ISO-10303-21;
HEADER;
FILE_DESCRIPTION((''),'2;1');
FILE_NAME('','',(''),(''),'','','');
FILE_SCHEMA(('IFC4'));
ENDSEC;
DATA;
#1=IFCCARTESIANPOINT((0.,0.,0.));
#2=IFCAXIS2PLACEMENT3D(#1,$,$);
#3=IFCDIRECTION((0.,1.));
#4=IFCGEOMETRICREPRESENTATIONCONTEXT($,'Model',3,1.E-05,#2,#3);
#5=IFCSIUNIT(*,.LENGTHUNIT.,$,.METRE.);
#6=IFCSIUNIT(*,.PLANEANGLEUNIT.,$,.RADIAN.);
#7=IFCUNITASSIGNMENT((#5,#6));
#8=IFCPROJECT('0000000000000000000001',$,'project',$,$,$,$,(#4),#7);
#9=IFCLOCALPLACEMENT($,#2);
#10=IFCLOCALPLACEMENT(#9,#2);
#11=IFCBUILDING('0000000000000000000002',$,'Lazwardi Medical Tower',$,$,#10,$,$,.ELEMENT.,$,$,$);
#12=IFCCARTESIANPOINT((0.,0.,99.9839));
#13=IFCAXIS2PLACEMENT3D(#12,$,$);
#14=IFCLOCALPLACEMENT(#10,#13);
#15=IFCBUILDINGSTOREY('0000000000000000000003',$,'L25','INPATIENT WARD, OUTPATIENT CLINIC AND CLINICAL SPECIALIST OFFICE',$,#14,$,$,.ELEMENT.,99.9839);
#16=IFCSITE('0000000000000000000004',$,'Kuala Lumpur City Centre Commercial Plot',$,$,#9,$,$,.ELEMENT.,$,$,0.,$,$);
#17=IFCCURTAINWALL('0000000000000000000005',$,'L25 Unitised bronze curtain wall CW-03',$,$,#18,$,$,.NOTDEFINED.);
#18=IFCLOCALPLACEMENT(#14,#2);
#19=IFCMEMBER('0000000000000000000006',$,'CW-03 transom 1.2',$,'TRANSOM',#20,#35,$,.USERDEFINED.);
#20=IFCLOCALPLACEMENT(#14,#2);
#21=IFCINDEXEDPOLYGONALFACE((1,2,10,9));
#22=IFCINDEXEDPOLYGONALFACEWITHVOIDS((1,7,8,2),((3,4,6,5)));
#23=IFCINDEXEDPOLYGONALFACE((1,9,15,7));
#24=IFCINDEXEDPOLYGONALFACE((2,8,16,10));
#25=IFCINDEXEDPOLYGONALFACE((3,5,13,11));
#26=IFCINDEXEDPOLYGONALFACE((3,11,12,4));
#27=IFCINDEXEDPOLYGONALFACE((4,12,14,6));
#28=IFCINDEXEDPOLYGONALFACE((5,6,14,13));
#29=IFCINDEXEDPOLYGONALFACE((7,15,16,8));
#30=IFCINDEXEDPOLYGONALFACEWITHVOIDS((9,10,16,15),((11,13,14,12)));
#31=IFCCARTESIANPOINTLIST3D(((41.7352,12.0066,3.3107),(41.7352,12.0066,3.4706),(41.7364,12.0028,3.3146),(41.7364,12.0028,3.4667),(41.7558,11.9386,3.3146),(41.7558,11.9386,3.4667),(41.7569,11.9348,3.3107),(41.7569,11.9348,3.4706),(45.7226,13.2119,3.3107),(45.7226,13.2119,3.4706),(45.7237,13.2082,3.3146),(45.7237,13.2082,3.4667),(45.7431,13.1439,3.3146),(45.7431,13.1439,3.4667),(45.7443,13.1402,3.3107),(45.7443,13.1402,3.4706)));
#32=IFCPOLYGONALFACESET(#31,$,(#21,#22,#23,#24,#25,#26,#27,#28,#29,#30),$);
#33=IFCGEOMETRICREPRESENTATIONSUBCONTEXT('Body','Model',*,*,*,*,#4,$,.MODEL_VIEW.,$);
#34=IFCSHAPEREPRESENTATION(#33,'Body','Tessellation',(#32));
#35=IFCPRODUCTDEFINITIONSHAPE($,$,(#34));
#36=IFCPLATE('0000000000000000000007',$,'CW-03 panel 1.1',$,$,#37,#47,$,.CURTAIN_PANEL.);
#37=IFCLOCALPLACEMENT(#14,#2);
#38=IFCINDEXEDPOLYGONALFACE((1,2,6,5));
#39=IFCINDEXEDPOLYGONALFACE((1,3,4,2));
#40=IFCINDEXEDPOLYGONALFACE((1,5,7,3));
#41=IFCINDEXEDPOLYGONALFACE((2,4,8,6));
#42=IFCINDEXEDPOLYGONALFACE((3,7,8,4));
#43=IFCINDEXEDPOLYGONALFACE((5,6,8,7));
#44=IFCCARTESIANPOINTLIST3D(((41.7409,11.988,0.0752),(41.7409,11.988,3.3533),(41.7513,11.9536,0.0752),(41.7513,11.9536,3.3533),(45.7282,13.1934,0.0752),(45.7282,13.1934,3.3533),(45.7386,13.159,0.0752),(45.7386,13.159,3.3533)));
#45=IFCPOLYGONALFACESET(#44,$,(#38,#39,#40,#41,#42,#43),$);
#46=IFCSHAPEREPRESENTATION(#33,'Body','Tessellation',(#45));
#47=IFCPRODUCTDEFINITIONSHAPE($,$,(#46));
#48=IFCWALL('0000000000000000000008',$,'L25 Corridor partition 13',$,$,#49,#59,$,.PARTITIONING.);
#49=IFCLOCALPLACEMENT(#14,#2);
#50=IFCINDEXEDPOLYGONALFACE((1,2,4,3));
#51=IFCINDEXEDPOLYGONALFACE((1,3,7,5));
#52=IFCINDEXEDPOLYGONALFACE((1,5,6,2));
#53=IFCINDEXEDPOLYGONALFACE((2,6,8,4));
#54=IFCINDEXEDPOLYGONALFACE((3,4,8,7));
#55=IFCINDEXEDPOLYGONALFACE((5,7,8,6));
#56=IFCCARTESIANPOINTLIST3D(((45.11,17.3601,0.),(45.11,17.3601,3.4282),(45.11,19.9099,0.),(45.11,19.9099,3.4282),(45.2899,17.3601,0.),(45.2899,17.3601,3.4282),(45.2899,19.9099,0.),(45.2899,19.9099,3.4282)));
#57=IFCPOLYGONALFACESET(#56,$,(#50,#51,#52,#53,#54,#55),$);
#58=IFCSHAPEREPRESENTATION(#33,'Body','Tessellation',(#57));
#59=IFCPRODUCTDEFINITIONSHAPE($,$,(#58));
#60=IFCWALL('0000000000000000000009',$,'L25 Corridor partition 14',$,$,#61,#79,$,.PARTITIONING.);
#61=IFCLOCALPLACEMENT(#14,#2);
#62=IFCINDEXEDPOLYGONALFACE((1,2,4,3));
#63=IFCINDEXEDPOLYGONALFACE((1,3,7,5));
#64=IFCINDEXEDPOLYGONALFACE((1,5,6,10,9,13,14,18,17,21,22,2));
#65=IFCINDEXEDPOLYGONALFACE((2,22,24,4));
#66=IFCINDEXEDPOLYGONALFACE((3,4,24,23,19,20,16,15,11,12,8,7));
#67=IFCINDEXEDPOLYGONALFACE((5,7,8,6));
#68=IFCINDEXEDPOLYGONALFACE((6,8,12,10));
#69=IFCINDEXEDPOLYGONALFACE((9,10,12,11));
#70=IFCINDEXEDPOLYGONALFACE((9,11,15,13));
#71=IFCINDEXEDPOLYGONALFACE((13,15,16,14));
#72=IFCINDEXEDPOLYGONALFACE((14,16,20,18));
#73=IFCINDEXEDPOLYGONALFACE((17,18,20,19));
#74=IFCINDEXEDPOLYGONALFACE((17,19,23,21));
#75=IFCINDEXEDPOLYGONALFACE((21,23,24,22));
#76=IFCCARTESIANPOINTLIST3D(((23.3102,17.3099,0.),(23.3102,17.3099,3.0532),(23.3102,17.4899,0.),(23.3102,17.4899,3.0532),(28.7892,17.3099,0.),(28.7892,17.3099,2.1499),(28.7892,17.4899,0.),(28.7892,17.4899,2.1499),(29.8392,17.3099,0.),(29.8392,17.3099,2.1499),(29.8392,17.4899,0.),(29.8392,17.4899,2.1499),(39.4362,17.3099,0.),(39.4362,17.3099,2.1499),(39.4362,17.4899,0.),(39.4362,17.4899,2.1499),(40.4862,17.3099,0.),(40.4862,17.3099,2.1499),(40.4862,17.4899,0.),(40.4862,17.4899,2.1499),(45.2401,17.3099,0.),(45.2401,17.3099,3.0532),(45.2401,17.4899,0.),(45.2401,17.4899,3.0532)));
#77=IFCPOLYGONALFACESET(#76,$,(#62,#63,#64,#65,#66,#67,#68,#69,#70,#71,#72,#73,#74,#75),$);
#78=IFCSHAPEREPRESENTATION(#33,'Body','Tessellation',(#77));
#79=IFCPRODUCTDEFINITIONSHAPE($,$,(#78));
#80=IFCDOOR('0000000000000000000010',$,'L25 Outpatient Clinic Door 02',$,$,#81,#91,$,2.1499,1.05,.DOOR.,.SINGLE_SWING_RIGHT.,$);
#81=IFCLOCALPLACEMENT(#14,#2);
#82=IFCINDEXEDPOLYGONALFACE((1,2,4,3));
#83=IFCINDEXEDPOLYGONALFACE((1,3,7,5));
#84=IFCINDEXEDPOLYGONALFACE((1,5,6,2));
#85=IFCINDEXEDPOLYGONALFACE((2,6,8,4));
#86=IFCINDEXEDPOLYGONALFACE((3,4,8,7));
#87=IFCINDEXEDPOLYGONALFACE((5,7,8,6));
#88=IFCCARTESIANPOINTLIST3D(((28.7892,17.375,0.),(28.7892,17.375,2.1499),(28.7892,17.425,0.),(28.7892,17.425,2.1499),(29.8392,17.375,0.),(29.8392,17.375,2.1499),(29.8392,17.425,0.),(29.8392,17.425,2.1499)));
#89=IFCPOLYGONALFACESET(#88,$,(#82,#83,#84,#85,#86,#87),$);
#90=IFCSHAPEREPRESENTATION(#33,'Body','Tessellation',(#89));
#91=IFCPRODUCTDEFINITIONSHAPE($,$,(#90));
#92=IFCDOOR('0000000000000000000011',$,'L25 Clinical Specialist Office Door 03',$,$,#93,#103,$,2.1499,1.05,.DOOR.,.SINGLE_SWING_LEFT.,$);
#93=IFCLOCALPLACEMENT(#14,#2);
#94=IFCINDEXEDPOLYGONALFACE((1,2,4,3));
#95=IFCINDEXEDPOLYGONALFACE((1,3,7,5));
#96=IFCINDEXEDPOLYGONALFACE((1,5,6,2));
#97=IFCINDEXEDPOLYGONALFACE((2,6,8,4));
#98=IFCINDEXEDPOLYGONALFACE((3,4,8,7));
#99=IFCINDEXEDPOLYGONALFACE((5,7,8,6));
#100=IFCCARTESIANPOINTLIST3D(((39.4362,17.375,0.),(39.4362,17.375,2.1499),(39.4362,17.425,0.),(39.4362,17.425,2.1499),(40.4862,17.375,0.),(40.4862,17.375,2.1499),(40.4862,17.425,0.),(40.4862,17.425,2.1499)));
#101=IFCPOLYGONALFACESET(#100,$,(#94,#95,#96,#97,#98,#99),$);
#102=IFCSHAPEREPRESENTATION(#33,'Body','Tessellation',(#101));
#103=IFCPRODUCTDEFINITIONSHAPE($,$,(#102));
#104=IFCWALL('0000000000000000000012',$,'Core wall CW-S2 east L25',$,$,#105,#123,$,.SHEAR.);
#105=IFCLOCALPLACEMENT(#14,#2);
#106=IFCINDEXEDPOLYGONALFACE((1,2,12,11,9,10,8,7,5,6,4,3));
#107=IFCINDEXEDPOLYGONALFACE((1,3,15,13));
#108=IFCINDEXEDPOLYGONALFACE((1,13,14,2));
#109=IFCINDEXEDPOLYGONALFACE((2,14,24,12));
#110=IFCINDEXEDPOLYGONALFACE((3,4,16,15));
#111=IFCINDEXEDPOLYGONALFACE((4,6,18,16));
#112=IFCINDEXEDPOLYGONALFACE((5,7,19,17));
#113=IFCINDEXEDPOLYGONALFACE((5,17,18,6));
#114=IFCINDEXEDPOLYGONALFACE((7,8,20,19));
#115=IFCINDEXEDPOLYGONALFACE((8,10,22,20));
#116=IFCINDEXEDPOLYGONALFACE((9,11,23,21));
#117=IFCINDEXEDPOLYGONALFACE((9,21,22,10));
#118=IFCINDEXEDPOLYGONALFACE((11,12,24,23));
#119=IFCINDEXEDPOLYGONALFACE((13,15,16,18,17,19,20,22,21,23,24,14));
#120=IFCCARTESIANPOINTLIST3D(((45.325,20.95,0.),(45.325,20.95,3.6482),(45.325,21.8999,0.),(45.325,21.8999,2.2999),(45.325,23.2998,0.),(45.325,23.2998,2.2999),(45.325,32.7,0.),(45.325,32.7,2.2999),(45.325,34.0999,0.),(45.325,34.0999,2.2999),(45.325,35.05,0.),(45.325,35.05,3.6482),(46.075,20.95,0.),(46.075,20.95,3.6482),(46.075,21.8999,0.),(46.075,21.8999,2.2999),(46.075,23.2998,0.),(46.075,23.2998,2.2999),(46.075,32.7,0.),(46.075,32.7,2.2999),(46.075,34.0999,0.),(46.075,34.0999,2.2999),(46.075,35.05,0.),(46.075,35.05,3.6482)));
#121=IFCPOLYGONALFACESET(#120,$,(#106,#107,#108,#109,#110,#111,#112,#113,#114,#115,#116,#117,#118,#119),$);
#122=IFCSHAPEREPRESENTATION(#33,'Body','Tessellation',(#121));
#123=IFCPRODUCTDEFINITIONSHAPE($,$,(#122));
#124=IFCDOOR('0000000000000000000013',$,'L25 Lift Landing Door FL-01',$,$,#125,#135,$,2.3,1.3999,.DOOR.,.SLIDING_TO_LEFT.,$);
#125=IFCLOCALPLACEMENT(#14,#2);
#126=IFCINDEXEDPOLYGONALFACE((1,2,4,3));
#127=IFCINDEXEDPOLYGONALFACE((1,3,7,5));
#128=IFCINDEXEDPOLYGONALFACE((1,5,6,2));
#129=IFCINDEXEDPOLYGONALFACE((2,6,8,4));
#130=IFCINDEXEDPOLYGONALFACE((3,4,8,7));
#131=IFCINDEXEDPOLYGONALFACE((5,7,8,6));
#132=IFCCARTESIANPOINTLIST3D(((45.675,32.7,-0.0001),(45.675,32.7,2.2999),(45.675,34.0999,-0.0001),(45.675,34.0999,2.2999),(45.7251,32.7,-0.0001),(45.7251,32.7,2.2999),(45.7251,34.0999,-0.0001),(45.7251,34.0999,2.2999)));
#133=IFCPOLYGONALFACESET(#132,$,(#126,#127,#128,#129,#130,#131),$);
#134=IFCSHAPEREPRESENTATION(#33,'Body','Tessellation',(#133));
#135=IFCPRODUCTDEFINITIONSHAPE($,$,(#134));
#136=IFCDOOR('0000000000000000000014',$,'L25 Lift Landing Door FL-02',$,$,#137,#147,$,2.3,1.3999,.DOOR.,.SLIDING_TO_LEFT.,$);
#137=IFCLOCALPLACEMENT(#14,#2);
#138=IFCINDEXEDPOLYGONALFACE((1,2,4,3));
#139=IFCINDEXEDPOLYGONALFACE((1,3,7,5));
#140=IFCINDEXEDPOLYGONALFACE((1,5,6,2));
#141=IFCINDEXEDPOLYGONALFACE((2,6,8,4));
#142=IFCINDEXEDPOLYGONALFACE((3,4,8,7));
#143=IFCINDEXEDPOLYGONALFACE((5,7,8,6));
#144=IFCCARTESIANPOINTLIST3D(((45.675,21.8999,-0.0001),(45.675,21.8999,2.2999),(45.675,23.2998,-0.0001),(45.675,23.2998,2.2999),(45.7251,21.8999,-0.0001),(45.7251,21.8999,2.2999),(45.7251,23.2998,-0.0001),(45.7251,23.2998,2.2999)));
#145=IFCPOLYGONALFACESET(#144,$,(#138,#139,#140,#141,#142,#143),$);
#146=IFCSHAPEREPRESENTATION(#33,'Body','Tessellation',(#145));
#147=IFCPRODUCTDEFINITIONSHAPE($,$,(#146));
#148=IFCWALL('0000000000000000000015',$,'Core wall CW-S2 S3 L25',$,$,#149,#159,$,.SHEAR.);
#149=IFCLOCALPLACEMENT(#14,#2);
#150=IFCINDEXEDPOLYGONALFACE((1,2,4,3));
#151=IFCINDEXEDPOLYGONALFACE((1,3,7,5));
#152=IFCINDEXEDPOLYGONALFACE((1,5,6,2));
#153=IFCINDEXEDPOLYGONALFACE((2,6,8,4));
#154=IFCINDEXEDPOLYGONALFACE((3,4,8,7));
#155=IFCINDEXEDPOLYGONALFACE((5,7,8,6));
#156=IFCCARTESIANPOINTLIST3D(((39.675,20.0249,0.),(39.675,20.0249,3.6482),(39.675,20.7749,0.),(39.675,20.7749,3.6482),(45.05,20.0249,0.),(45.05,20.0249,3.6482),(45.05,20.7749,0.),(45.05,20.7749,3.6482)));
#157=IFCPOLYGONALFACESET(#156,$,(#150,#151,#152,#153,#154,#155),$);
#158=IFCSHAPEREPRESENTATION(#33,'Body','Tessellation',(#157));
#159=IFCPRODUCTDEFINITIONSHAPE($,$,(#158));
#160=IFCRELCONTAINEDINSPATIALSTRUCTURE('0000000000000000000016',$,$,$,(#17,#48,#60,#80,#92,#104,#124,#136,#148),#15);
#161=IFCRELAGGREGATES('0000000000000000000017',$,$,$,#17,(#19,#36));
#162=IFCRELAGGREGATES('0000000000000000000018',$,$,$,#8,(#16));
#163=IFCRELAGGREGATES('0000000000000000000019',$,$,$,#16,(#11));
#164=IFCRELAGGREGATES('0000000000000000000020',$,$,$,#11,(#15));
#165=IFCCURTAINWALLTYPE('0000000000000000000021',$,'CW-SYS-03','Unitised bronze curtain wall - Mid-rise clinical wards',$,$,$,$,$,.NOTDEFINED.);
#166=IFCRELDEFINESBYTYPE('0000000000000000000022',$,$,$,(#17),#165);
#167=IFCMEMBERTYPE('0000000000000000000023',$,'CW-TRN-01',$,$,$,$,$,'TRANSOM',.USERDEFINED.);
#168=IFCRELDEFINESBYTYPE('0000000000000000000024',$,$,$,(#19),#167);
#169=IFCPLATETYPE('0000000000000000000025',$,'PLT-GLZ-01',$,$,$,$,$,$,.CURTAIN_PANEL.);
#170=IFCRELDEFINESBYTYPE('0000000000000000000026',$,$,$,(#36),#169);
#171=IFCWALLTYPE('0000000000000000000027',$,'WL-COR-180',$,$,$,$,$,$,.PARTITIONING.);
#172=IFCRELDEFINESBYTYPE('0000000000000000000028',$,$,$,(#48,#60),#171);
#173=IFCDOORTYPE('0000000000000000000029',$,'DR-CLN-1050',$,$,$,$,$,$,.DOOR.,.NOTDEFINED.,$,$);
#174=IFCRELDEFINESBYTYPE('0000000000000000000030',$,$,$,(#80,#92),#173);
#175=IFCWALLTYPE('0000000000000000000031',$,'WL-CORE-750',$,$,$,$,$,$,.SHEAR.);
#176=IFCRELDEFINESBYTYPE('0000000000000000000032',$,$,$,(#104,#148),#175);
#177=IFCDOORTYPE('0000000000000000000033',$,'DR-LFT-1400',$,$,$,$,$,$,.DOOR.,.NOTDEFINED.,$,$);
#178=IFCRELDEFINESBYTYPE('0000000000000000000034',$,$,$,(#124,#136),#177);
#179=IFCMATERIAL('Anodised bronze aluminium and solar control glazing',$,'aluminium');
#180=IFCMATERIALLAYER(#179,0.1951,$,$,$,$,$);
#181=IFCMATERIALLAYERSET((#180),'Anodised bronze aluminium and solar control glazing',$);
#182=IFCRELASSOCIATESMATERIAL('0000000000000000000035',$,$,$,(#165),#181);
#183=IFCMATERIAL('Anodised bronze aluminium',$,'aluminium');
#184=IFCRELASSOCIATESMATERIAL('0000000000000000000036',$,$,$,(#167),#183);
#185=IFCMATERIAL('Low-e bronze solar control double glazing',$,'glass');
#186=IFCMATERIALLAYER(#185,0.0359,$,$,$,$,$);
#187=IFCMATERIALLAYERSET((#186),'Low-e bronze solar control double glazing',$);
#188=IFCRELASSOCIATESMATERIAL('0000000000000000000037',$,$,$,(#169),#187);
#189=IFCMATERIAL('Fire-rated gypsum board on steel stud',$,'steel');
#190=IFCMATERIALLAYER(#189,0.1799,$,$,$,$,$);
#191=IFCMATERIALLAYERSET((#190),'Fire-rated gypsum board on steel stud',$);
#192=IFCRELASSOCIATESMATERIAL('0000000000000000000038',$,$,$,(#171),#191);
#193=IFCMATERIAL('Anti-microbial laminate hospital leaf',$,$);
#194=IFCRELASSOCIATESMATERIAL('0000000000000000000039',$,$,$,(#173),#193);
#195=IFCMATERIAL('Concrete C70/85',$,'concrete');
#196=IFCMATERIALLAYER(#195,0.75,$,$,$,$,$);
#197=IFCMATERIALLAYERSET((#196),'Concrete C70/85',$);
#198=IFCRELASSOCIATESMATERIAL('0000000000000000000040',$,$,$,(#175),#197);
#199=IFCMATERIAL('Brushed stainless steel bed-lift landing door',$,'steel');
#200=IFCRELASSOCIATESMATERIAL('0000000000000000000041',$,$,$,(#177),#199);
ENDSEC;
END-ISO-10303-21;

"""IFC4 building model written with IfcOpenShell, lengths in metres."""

from ifc_helpers import new_model, si_unit, direction, frame, frame_2d, origin, origin_2d, place, context, subcontext, project, spatial, rectangle, hollow_rectangle, extrude, material, layer, layer_set, material_profile, profile_set, type_object, element, fill, aggregate, save


model = new_model("IFC4")

# Units and contexts
model_context = context("Model", 3, precision=1e-05, world=origin(), true_north=direction((0.0, 1.0)))
body_context = subcontext(model_context, "Body", "Model", "MODEL_VIEW")
ifc_project = project(units=[si_unit("LENGTHUNIT", "METRE"), si_unit("PLANEANGLEUNIT", "RADIAN")], contexts=[model_context])

# Site, building, storey
site_placement = place(None, origin())
site = spatial("IfcSite", under=ifc_project, at=site_placement, Name="Kuala Lumpur City Centre Commercial Plot", CompositionType="ELEMENT", RefElevation=0.0)
building_placement = place(site_placement, origin())
building = spatial("IfcBuilding", under=site, at=building_placement, Name="Lazwardi Medical Tower", CompositionType="ELEMENT")
storey_placement = place(building_placement, frame((0.0, 0.0, 99.9839)))
storey = spatial("IfcBuildingStorey", under=building, at=storey_placement, Name="L25", Description="INPATIENT WARD, OUTPATIENT CLINIC AND CLINICAL SPECIALIST OFFICE", CompositionType="ELEMENT", Elevation=99.9839)

# Shared definitions
ifc_material_1 = material(Name="Concrete C70/85", Category="concrete")

# Curtain wall, member, plate
ifc_material_2 = material(Name="Anodised bronze aluminium and solar control glazing", Category="aluminium")
ifc_layer_1 = layer(ifc_material_2, 0.1951)
ifc_layer_set_1 = layer_set([ifc_layer_1], Name="Anodised bronze aluminium and solar control glazing")
curtain_wall_type = type_object("IfcCurtainWallType", Name="CW-SYS-03", Description="Unitised bronze curtain wall - Mid-rise clinical wards", PredefinedType="NOTDEFINED", material=ifc_layer_set_1)
curtain_wall_placement = place(storey_placement, origin())
curtain_wall = element("IfcCurtainWall", 1, at=curtain_wall_placement, inside=storey, type_object=curtain_wall_type, Name="L25 Unitised bronze curtain wall CW-03", PredefinedType="NOTDEFINED")
ifc_material_3 = material(Name="Anodised bronze aluminium", Category="aluminium")
ifc_material_profile_1 = material_profile(ifc_material_3, hollow_rectangle(XDim=0.075, YDim=0.1599, WallThickness=0.0039, at=origin_2d()), Name="ALU-TRANSOM 160x75x4")
ifc_profile_set_1 = profile_set([ifc_material_profile_1], Name="Anodised bronze aluminium")
member_type = type_object("IfcMemberType", Name="CW-TRN-01", ElementType="TRANSOM", PredefinedType="USERDEFINED", material=ifc_profile_set_1)
member_placement = place(storey_placement, frame((41.7461, 11.9707, 3.3906), z_axis=(0.957221, 0.289358, 0.0), x_axis=(-0.289358, 0.957221, 0.0)))
member = element("IfcMember", 2, at=member_placement, type_object=member_type, Name="CW-03 transom 1.2", ObjectType="TRANSOM", PredefinedType="USERDEFINED", context=body_context, shape_type="SweptSolid", body=[
    extrude(hollow_rectangle(XDim=0.075, YDim=0.1599, WallThickness=0.0039, at=origin_2d()), origin(), (0.0, 0.0, 1.0), 4.1655),
])
ifc_material_4 = material(Name="Low-e bronze solar control double glazing", Category="glass")
ifc_layer_2 = layer(ifc_material_4, 0.0359)
ifc_layer_set_2 = layer_set([ifc_layer_2], Name="Low-e bronze solar control double glazing")
plate_type = type_object("IfcPlateType", Name="PLT-GLZ-01", PredefinedType="CURTAIN_PANEL", material=ifc_layer_set_2)
plate_placement = place(storey_placement, frame((43.7397, 12.5735, 0.0752), z_axis=(0.0, 0.0, 1.0), x_axis=(0.957216, 0.289374, 0.0)))
plate = element("IfcPlate", 3, at=plate_placement, type_object=plate_type, Name="CW-03 panel 1.1", PredefinedType="CURTAIN_PANEL", context=body_context, shape_type="SweptSolid", body=[
    extrude(rectangle(XDim=4.1655, YDim=0.0359, at=origin_2d()), origin(), (0.0, 0.0, 1.0), 3.2781),
])
aggregate(curtain_wall, [member, plate])

# Wall
ifc_material_5 = material(Name="Fire-rated gypsum board on steel stud", Category="steel")
ifc_layer_3 = layer(ifc_material_5, 0.1799)
ifc_layer_set_3 = layer_set([ifc_layer_3], Name="Fire-rated gypsum board on steel stud")
wall_type_1 = type_object("IfcWallType", Name="WL-COR-180", PredefinedType="PARTITIONING", material=ifc_layer_set_3)
wall_1_placement = place(storey_placement, frame((45.2, 19.9099, 0.0), z_axis=(0.0, 0.0, 1.0), x_axis=(0.0, -1.0, 0.0)))
element("IfcWall", 4, at=wall_1_placement, inside=storey, type_object=wall_type_1, Name="L25 Corridor partition 13", PredefinedType="PARTITIONING", context=body_context, shape_type="SweptSolid", body=[
    extrude(rectangle(XDim=2.5498, YDim=0.1799, at=frame_2d((1.2749, 0.0))), origin(), (0.0, 0.0, 1.0), 3.4282),
])

# Walls, openings, doors
wall_2_placement = place(storey_placement, frame((45.24, 17.3999, 0.0), z_axis=(0.0, 0.0, 1.0), x_axis=(-1.0, 0.0, 0.0)))
wall_2 = element("IfcWall", 5, at=wall_2_placement, inside=storey, type_object=wall_type_1, Name="L25 Corridor partition 14", PredefinedType="PARTITIONING", context=body_context, shape_type="SweptSolid", body=[
    extrude(rectangle(XDim=21.9299, YDim=0.1799, at=frame_2d((10.9648, 0.0))), origin(), (0.0, 0.0, 1.0), 3.0532),
])
opening_1_placement = place(wall_2_placement, frame((15.4009, 0.0, 0.0)))
opening_1 = element("IfcOpeningElement", 6, at=opening_1_placement, cuts=wall_2, PredefinedType="OPENING", context=body_context, shape_type="SweptSolid", body=[
    extrude(rectangle(XDim=1.05, YDim=2.1499, at=frame_2d((0.5249, 1.075))), frame((0.0, 0.0999, 0.0), z_axis=(0.0, -1.0, 0.0), x_axis=(1.0, 0.0, 0.0)), (0.0, 0.0, 1.0), 0.2),
])
opening_2_placement = place(wall_2_placement, frame((4.7539, 0.0, 0.0)))
opening_2 = element("IfcOpeningElement", 7, at=opening_2_placement, cuts=wall_2, PredefinedType="OPENING", context=body_context, shape_type="SweptSolid", body=[
    extrude(rectangle(XDim=1.05, YDim=2.1499, at=frame_2d((0.5249, 1.075))), frame((0.0, 0.0999, 0.0), z_axis=(0.0, -1.0, 0.0), x_axis=(1.0, 0.0, 0.0)), (0.0, 0.0, 1.0), 0.2),
])
ifc_material_6 = material(Name="Anti-microbial laminate hospital leaf")
door_type_1 = type_object("IfcDoorType", Name="DR-CLN-1050", OperationType="NOTDEFINED", PredefinedType="DOOR", material=ifc_material_6)
door_1_placement = place(opening_1_placement, origin())
door_1 = element("IfcDoor", 8, at=door_1_placement, inside=storey, type_object=door_type_1, Name="L25 Outpatient Clinic Door 02", OperationType="SINGLE_SWING_RIGHT", OverallHeight=2.1499, OverallWidth=1.05, PredefinedType="DOOR", context=body_context, shape_type="SweptSolid", body=[
    extrude(rectangle(XDim=1.05, YDim=2.1499, at=frame_2d((0.5249, 1.075))), frame((0.0, 0.0249, 0.0), z_axis=(0.0, -1.0, 0.0), x_axis=(1.0, 0.0, 0.0)), (0.0, 0.0, 1.0), 0.05),
])
fill(opening_1, door_1)
door_2_placement = place(opening_2_placement, origin())
door_2 = element("IfcDoor", 9, at=door_2_placement, inside=storey, type_object=door_type_1, Name="L25 Clinical Specialist Office Door 03", OperationType="SINGLE_SWING_LEFT", OverallHeight=2.1499, OverallWidth=1.05, PredefinedType="DOOR", context=body_context, shape_type="SweptSolid", body=[
    extrude(rectangle(XDim=1.05, YDim=2.1499, at=frame_2d((0.5249, 1.075))), frame((0.0, 0.0249, 0.0), z_axis=(0.0, -1.0, 0.0), x_axis=(1.0, 0.0, 0.0)), (0.0, 0.0, 1.0), 0.05),
])
fill(opening_2, door_2)
ifc_layer_4 = layer(ifc_material_1, 0.75)
ifc_layer_set_4 = layer_set([ifc_layer_4], Name="Concrete C70/85")
wall_type_2 = type_object("IfcWallType", Name="WL-CORE-750", PredefinedType="SHEAR", material=ifc_layer_set_4)
wall_3_placement = place(storey_placement, frame((45.7, 20.95, 0.0), z_axis=(0.0, 0.0, 1.0), x_axis=(0.0, 1.0, 0.0)))
wall_3 = element("IfcWall", 10, at=wall_3_placement, inside=storey, type_object=wall_type_2, Name="Core wall CW-S2 east L25", PredefinedType="SHEAR", context=body_context, shape_type="SweptSolid", body=[
    extrude(rectangle(XDim=14.1001, YDim=0.75, at=frame_2d((7.05, 0.0))), origin(), (0.0, 0.0, 1.0), 3.6482),
])
opening_3_placement = place(wall_3_placement, frame((11.75, 0.0, 0.0)))
opening_3 = element("IfcOpeningElement", 11, at=opening_3_placement, cuts=wall_3, PredefinedType="OPENING", context=body_context, shape_type="SweptSolid", body=[
    extrude(rectangle(XDim=1.3999, YDim=2.3, at=frame_2d((0.7, 1.1499))), frame((0.0, 0.385, 0.0), z_axis=(0.0, -1.0, 0.0), x_axis=(1.0, 0.0, 0.0)), (0.0, 0.0, 1.0), 0.77),
])
opening_4_placement = place(wall_3_placement, frame((0.95, 0.0, 0.0)))
opening_4 = element("IfcOpeningElement", 12, at=opening_4_placement, cuts=wall_3, PredefinedType="OPENING", context=body_context, shape_type="SweptSolid", body=[
    extrude(rectangle(XDim=1.3999, YDim=2.3, at=frame_2d((0.7, 1.1499))), frame((0.0, 0.385, 0.0), z_axis=(0.0, -1.0, 0.0), x_axis=(1.0, 0.0, 0.0)), (0.0, 0.0, 1.0), 0.77),
])
ifc_material_7 = material(Name="Brushed stainless steel bed-lift landing door", Category="steel")
door_type_2 = type_object("IfcDoorType", Name="DR-LFT-1400", OperationType="NOTDEFINED", PredefinedType="DOOR", material=ifc_material_7)
door_3_placement = place(opening_3_placement, origin())
door_3 = element("IfcDoor", 13, at=door_3_placement, inside=storey, type_object=door_type_2, Name="L25 Lift Landing Door FL-01", OperationType="SLIDING_TO_LEFT", OverallHeight=2.3, OverallWidth=1.3999, PredefinedType="DOOR", context=body_context, shape_type="SweptSolid", body=[
    extrude(rectangle(XDim=1.3999, YDim=2.3, at=frame_2d((0.7, 1.1499))), frame((0.0, 0.0249, 0.0), z_axis=(0.0, -1.0, 0.0), x_axis=(1.0, 0.0, 0.0)), (0.0, 0.0, 1.0), 0.05),
])
fill(opening_3, door_3)
door_4_placement = place(opening_4_placement, origin())
door_4 = element("IfcDoor", 14, at=door_4_placement, inside=storey, type_object=door_type_2, Name="L25 Lift Landing Door FL-02", OperationType="SLIDING_TO_LEFT", OverallHeight=2.3, OverallWidth=1.3999, PredefinedType="DOOR", context=body_context, shape_type="SweptSolid", body=[
    extrude(rectangle(XDim=1.3999, YDim=2.3, at=frame_2d((0.7, 1.1499))), frame((0.0, 0.0249, 0.0), z_axis=(0.0, -1.0, 0.0), x_axis=(1.0, 0.0, 0.0)), (0.0, 0.0, 1.0), 0.05),
])
fill(opening_4, door_4)

# Wall
wall_4_placement = place(storey_placement, frame((39.675, 20.3999, 0.0), z_axis=(0.0, 0.0, 1.0), x_axis=(1.0, 0.0, 0.0)))
element("IfcWall", 15, at=wall_4_placement, inside=storey, type_object=wall_type_2, Name="Core wall CW-S2 S3 L25", PredefinedType="SHEAR", context=body_context, shape_type="SweptSolid", body=[
    extrude(rectangle(XDim=5.375, YDim=0.75, at=frame_2d((2.6875, 0.0))), origin(), (0.0, 0.0, 1.0), 3.6482),
])

save(model, "model.ifc")
